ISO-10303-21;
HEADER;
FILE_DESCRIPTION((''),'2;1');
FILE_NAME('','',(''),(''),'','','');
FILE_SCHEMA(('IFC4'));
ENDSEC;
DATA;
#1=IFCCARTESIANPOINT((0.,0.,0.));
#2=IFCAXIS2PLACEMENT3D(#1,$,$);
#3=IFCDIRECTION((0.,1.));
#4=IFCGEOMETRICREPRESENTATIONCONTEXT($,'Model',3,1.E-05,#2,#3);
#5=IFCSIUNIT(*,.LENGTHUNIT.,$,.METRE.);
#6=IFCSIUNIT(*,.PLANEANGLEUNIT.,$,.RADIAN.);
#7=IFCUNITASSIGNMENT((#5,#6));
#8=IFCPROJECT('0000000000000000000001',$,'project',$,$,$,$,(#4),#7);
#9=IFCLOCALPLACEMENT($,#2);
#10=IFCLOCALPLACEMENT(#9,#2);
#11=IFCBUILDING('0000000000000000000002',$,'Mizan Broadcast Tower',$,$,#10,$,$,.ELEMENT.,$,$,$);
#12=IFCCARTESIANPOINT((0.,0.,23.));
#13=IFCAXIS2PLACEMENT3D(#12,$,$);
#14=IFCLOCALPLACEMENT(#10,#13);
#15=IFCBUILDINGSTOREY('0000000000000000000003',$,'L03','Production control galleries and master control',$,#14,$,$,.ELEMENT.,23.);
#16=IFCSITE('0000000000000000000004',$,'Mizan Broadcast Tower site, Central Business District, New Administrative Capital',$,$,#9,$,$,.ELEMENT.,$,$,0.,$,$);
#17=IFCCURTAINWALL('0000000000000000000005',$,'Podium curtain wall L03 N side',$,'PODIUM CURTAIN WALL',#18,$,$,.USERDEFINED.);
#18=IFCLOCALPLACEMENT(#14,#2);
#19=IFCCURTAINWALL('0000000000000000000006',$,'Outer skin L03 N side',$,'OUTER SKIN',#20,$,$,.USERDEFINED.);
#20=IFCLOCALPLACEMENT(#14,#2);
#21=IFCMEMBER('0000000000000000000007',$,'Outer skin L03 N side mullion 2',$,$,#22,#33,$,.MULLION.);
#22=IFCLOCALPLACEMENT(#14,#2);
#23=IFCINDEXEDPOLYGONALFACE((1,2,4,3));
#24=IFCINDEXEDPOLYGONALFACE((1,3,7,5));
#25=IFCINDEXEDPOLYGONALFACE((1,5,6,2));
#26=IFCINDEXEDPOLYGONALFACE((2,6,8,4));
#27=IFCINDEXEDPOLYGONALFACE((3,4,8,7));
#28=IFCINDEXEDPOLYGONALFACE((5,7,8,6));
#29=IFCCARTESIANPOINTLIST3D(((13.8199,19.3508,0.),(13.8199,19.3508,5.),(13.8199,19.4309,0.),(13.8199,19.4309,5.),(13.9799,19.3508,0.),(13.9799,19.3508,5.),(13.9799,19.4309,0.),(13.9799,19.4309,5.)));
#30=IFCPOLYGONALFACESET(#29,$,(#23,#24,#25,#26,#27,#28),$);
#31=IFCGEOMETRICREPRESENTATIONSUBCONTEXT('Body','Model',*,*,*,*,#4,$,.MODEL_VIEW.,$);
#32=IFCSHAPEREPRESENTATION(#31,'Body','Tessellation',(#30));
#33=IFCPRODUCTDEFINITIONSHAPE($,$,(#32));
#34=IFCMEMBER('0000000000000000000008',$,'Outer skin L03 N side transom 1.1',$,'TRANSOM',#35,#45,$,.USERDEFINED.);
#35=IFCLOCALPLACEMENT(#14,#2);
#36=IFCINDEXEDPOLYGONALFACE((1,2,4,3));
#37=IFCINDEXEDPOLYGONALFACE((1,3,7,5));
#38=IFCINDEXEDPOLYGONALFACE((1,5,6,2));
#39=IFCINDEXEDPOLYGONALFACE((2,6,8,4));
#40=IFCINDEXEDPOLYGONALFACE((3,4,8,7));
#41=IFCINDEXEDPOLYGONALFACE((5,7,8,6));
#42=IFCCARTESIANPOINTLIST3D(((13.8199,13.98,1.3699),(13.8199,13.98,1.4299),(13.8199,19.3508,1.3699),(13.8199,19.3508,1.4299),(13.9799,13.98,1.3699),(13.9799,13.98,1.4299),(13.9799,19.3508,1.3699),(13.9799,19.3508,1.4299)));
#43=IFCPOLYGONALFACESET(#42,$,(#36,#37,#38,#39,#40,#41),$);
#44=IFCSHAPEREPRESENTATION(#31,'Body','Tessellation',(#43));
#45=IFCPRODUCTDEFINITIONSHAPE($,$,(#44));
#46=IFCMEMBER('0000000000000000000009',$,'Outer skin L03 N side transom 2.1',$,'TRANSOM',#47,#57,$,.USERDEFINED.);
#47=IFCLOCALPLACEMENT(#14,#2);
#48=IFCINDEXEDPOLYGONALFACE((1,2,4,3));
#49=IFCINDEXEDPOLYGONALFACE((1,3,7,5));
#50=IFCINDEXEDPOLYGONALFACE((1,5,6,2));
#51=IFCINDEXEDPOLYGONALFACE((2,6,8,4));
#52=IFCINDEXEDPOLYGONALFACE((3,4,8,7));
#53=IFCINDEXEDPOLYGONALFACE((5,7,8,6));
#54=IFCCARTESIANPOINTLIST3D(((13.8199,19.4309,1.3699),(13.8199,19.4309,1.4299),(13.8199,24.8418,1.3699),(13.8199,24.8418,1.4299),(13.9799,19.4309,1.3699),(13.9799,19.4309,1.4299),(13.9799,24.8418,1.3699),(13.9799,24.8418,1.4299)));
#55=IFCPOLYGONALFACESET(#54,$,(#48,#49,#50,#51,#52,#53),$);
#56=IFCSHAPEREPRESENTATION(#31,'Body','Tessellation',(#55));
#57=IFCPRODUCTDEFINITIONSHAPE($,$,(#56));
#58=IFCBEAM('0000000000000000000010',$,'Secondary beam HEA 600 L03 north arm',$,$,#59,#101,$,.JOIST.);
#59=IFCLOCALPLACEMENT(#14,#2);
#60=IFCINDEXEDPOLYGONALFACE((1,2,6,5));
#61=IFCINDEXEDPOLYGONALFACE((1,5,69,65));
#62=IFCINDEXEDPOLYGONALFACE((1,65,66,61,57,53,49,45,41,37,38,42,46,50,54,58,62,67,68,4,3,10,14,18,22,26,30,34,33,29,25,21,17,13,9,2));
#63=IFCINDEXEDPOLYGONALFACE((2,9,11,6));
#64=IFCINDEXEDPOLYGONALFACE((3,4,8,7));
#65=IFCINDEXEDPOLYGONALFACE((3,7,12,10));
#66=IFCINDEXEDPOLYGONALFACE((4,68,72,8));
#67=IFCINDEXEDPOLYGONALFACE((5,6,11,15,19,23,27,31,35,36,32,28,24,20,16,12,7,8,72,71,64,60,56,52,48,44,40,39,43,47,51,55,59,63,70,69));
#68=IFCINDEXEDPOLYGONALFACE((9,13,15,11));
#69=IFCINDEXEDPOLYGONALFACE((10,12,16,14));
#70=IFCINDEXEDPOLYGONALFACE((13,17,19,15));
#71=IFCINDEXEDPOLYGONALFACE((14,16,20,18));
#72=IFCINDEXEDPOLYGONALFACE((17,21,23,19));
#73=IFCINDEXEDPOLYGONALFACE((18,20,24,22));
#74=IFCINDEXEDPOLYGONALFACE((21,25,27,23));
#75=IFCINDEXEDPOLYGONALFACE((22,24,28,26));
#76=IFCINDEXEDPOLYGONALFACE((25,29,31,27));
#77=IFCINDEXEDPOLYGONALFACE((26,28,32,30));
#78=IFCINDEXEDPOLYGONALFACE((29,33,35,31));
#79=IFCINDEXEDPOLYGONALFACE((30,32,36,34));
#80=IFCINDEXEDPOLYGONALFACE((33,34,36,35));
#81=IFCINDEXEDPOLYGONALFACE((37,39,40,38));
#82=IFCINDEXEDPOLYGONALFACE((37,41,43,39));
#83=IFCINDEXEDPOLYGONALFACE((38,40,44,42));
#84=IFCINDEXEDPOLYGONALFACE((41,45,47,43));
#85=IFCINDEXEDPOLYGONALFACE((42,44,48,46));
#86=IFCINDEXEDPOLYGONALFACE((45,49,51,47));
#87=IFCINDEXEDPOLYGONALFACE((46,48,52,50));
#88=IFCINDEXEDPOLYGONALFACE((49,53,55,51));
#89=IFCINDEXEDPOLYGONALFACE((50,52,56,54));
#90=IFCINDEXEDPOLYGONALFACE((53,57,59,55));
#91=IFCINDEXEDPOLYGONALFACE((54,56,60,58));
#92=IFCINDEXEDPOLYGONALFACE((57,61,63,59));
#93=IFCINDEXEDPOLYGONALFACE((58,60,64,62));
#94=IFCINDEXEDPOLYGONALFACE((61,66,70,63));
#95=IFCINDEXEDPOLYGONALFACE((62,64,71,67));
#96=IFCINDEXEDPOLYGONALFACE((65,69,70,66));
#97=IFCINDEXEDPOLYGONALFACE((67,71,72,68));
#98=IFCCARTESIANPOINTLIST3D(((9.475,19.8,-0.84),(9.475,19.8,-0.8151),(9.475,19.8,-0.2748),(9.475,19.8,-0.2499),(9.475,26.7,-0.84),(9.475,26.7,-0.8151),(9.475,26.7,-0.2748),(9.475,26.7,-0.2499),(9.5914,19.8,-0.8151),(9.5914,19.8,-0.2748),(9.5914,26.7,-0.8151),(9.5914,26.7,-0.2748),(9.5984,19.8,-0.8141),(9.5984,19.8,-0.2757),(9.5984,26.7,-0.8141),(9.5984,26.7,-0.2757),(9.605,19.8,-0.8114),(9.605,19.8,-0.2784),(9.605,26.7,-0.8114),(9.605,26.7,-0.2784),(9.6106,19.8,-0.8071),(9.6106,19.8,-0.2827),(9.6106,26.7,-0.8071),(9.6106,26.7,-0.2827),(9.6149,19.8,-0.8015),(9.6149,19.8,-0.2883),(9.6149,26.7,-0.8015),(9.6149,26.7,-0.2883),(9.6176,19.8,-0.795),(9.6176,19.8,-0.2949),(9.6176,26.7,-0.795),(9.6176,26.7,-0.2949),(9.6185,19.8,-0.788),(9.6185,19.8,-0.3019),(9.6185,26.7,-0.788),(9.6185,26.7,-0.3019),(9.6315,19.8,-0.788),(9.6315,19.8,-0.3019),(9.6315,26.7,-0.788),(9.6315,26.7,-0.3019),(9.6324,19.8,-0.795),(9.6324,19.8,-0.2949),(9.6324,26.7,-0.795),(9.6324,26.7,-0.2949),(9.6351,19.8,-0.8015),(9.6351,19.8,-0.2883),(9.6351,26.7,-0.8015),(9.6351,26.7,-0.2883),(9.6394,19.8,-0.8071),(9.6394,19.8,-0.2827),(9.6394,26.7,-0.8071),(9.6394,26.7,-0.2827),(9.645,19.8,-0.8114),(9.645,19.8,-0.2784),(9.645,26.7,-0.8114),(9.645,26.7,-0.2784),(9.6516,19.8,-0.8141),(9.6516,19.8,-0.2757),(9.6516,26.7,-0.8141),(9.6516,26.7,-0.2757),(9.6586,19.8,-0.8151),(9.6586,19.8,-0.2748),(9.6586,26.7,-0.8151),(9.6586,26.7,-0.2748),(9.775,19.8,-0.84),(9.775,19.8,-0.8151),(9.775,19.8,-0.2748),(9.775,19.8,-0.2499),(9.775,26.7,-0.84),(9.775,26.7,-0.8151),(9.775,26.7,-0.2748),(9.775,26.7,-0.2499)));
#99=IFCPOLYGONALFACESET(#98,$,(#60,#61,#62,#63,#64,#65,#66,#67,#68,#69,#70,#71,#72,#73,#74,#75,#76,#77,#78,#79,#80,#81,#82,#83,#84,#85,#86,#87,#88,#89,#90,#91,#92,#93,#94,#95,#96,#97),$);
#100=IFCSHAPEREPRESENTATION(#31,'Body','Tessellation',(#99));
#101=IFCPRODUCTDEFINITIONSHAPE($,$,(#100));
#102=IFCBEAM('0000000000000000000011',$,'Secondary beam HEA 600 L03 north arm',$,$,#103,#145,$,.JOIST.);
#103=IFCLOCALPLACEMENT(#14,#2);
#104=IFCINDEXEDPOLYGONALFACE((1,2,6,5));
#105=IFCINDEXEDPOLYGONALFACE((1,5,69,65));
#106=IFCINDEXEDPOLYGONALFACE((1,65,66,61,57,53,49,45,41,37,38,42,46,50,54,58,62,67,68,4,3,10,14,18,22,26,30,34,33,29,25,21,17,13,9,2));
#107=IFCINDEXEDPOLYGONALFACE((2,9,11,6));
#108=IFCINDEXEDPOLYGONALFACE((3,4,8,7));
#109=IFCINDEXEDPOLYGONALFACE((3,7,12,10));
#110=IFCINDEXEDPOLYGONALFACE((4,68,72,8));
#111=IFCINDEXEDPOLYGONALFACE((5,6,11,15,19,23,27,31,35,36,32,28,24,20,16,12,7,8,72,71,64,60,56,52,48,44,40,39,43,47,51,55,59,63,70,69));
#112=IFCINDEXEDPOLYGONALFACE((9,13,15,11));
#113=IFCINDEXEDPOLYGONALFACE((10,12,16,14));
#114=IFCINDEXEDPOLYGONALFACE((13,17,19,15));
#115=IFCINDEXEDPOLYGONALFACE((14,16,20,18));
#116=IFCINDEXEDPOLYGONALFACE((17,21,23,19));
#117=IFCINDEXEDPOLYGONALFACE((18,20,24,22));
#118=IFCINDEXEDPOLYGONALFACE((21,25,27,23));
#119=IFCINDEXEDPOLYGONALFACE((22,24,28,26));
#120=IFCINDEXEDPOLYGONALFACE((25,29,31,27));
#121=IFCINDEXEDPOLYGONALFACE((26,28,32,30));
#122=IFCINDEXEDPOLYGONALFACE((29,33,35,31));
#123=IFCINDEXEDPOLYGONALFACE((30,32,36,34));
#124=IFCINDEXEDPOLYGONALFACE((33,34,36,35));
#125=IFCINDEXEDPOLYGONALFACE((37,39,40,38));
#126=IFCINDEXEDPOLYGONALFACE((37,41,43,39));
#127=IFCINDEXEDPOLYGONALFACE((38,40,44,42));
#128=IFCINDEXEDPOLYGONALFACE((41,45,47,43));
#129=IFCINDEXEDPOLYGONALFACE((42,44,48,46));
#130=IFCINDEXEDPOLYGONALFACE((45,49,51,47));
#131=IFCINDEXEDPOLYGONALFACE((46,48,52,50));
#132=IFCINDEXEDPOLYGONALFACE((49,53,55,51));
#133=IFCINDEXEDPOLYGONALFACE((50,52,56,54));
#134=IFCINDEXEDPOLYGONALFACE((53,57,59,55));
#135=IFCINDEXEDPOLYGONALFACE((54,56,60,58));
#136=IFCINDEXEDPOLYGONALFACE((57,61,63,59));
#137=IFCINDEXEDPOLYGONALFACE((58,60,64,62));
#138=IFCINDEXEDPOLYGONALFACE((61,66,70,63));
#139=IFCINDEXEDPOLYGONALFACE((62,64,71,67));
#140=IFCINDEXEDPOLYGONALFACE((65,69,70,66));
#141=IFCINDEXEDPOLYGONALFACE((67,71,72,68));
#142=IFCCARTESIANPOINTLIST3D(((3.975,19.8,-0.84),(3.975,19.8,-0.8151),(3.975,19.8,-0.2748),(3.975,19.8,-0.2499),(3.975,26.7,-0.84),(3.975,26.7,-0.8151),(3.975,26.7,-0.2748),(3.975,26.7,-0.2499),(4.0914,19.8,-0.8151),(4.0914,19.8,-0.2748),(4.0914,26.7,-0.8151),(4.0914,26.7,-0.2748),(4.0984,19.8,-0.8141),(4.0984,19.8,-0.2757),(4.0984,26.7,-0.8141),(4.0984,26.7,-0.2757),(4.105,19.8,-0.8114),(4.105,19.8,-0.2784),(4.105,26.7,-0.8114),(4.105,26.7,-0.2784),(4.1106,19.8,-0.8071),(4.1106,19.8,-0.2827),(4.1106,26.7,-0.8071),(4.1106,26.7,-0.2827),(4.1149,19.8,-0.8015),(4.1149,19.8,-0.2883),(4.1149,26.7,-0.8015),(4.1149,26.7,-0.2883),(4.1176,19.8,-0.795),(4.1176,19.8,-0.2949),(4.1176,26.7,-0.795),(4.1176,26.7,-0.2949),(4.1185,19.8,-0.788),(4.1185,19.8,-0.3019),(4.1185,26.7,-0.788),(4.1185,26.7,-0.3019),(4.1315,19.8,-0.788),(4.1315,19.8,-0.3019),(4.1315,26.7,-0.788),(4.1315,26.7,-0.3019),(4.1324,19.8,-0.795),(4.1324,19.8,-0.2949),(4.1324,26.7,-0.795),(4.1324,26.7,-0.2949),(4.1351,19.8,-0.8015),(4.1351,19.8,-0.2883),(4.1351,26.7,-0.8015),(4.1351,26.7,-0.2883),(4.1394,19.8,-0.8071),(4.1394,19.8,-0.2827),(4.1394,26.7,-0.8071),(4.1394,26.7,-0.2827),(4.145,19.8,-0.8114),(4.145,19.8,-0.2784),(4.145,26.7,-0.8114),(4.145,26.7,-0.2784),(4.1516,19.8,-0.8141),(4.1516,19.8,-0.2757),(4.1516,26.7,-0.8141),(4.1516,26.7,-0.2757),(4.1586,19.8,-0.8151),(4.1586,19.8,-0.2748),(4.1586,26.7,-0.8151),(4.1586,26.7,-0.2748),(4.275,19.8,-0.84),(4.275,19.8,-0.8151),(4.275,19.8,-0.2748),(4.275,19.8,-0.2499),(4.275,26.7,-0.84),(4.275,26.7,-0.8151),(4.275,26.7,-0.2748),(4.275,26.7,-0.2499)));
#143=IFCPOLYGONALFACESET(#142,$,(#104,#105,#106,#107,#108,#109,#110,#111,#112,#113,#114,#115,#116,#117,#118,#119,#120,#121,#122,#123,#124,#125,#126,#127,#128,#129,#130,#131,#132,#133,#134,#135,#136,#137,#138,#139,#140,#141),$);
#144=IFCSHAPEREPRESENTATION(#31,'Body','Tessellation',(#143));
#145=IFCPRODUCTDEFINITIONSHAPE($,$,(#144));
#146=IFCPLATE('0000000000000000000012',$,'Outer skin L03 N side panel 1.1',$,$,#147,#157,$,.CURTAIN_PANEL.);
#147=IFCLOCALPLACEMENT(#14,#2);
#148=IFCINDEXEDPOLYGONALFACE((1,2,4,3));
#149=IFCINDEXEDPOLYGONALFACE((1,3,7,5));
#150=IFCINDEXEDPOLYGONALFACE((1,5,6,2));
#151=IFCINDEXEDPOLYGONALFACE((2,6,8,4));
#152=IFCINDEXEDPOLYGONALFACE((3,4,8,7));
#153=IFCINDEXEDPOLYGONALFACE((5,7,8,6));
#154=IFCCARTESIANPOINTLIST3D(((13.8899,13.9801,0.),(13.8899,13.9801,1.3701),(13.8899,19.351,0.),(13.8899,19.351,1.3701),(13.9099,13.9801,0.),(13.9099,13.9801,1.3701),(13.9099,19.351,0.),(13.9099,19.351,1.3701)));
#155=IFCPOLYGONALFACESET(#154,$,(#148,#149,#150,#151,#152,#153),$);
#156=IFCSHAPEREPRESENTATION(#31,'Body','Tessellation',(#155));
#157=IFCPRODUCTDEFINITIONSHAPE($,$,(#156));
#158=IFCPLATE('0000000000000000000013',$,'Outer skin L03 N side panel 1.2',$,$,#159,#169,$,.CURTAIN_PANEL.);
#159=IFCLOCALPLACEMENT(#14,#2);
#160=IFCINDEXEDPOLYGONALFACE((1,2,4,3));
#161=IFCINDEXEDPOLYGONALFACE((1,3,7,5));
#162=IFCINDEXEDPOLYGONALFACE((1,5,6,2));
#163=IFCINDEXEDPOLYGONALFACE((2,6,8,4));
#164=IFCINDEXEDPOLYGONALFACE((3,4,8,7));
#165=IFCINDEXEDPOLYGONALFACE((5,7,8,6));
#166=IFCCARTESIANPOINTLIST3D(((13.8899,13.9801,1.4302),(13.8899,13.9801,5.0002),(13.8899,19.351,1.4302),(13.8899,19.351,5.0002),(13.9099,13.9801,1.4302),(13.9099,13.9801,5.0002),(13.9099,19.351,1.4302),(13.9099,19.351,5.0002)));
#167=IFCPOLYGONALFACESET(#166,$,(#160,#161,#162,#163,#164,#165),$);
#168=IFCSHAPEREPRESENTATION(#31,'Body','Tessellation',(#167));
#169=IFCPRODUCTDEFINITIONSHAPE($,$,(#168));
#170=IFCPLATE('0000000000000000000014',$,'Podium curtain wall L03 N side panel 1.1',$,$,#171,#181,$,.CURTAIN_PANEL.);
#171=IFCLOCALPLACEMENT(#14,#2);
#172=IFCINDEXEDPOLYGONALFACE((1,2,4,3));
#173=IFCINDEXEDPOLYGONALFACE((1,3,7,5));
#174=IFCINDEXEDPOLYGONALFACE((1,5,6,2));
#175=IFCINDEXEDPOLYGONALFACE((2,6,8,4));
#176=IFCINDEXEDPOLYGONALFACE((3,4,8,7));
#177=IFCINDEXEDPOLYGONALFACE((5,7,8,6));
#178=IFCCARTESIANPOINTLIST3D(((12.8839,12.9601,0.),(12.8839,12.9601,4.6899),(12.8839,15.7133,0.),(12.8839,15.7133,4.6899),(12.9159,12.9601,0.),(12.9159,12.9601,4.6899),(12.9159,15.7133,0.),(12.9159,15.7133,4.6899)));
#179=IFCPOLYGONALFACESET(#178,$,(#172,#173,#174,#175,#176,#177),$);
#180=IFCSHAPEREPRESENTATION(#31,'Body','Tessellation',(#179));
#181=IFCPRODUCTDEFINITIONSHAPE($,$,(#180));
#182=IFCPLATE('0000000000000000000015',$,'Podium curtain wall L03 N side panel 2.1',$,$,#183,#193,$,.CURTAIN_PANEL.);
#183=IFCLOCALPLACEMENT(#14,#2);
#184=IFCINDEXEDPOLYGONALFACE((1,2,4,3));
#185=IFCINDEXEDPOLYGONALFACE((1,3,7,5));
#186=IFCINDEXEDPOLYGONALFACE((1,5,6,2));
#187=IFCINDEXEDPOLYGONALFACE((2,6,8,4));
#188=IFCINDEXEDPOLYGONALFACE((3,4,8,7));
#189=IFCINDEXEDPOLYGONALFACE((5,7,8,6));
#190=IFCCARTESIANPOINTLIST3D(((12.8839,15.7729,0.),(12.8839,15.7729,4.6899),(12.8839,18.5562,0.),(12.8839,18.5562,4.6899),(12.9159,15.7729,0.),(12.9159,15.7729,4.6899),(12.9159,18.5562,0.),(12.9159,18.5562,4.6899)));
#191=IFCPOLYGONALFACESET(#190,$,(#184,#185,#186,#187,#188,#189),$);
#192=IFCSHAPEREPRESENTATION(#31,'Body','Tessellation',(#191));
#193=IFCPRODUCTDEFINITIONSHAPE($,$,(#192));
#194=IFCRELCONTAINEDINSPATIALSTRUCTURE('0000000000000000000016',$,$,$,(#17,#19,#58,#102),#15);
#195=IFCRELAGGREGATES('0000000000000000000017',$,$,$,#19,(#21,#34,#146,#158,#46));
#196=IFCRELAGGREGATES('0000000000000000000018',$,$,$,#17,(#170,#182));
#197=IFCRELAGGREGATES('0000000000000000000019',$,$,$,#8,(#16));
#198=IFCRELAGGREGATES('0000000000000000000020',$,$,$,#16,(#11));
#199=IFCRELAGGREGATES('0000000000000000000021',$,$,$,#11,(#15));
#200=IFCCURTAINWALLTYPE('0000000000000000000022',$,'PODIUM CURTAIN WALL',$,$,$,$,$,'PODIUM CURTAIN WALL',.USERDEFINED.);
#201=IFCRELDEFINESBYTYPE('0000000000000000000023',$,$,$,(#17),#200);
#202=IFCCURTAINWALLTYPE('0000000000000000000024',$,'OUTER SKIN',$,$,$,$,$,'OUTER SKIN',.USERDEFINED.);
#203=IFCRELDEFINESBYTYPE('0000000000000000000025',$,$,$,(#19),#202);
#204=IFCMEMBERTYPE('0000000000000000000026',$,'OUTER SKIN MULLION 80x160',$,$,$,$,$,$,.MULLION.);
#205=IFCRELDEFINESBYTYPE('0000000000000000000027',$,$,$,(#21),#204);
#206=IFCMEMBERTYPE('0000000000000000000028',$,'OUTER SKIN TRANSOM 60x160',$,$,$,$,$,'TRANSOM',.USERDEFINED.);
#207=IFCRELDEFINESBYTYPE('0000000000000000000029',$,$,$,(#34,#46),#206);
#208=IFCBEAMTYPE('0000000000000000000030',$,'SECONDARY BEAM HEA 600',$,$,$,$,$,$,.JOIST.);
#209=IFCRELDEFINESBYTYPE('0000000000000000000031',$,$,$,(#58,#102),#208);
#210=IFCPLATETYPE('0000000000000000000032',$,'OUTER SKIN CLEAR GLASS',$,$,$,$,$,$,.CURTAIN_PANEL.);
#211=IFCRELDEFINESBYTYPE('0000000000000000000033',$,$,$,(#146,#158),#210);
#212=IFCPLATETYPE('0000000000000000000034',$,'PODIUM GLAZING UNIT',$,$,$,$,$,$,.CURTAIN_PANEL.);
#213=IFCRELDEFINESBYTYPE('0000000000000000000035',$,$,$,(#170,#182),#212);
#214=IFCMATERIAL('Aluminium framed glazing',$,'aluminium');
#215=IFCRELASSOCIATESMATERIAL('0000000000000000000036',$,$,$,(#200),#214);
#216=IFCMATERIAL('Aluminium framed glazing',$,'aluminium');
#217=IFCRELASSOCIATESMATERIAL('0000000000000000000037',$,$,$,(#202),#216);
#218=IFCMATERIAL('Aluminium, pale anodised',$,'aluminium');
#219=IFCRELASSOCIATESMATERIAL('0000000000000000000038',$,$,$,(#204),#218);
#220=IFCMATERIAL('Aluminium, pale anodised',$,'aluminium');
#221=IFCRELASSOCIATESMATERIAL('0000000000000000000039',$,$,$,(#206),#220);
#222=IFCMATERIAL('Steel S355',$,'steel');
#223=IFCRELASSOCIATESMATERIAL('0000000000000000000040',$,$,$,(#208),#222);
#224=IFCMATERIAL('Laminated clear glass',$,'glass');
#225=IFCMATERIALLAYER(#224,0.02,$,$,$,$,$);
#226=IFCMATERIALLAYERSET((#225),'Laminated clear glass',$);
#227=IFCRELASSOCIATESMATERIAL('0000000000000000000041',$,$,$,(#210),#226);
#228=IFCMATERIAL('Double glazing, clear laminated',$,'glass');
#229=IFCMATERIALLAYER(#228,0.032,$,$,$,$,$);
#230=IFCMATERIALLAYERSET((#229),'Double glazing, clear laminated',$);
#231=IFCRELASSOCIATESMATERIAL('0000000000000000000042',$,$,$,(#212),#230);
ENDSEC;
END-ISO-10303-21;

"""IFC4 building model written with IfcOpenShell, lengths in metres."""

from ifc_helpers import new_model, si_unit, direction, frame, origin, origin_2d, place, context, subcontext, project, spatial, rectangle, i_section, extrude, material, layer, layer_set, material_profile, profile_set, type_object, element, aggregate, save


model = new_model("IFC4")

# Units and contexts
model_context = context("Model", 3, precision=1e-05, world=origin(), true_north=direction((0.0, 1.0)))
body_context = subcontext(model_context, "Body", "Model", "MODEL_VIEW")
ifc_project = project(units=[si_unit("LENGTHUNIT", "METRE"), si_unit("PLANEANGLEUNIT", "RADIAN")], contexts=[model_context])

# Site, building, storey
site_placement = place(None, origin())
site = spatial("IfcSite", under=ifc_project, at=site_placement, Name="Mizan Broadcast Tower site, Central Business District, New Administrative Capital", CompositionType="ELEMENT", RefElevation=0.0)
building_placement = place(site_placement, origin())
building = spatial("IfcBuilding", under=site, at=building_placement, Name="Mizan Broadcast Tower", CompositionType="ELEMENT")
storey_placement = place(building_placement, frame((0.0, 0.0, 23.0)))
storey = spatial("IfcBuildingStorey", under=building, at=storey_placement, Name="L03", Description="Production control galleries and master control", CompositionType="ELEMENT", Elevation=23.0)

# Shared definitions
ifc_material_1 = material(Name="Aluminium framed glazing", Category="aluminium")
curtain_wall_type_1 = type_object("IfcCurtainWallType", Name="PODIUM CURTAIN WALL", ElementType="PODIUM CURTAIN WALL", PredefinedType="USERDEFINED", material=ifc_material_1)

# Curtain walls, members
curtain_wall_1_placement = place(storey_placement, origin())
curtain_wall_1 = element("IfcCurtainWall", 1, at=curtain_wall_1_placement, inside=storey, type_object=curtain_wall_type_1, Name="Podium curtain wall L03 N side", ObjectType="PODIUM CURTAIN WALL", PredefinedType="USERDEFINED")
ifc_material_2 = material(Name="Aluminium framed glazing", Category="aluminium")
curtain_wall_type_2 = type_object("IfcCurtainWallType", Name="OUTER SKIN", ElementType="OUTER SKIN", PredefinedType="USERDEFINED", material=ifc_material_2)
curtain_wall_2_placement = place(storey_placement, origin())
curtain_wall_2 = element("IfcCurtainWall", 2, at=curtain_wall_2_placement, inside=storey, type_object=curtain_wall_type_2, Name="Outer skin L03 N side", ObjectType="OUTER SKIN", PredefinedType="USERDEFINED")
ifc_material_3 = material(Name="Aluminium, pale anodised", Category="aluminium")
ifc_material_profile_1 = material_profile(ifc_material_3, rectangle(XDim=0.1599, YDim=0.0801, at=origin_2d()), Name="MULLION 160x80")
ifc_profile_set_1 = profile_set([ifc_material_profile_1], Name="Aluminium, pale anodised")
member_type_1 = type_object("IfcMemberType", Name="OUTER SKIN MULLION 80x160", PredefinedType="MULLION", material=ifc_profile_set_1)
member_1_placement = place(storey_placement, frame((13.8999, 19.3909, 0.0), z_axis=(0.0, 0.0, 1.0), x_axis=(-1.0, 0.0, 0.0)))
member_1 = element("IfcMember", 3, at=member_1_placement, type_object=member_type_1, Name="Outer skin L03 N side mullion 2", PredefinedType="MULLION", context=body_context, shape_type="SweptSolid", body=[
    extrude(rectangle(XDim=0.1599, YDim=0.0801, at=origin_2d()), origin(), (0.0, 0.0, 1.0), 5.0),
])
ifc_material_4 = material(Name="Aluminium, pale anodised", Category="aluminium")
ifc_material_profile_2 = material_profile(ifc_material_4, rectangle(XDim=0.1599, YDim=0.0601, at=origin_2d()), Name="TRANSOM 160x60")
ifc_profile_set_2 = profile_set([ifc_material_profile_2], Name="Aluminium, pale anodised")
member_type_2 = type_object("IfcMemberType", Name="OUTER SKIN TRANSOM 60x160", ElementType="TRANSOM", PredefinedType="USERDEFINED", material=ifc_profile_set_2)
member_2_placement = place(storey_placement, frame((13.8999, 13.98, 1.3999), z_axis=(0.0, 1.0, 0.0), x_axis=(-1.0, 0.0, 0.0)))
member_2 = element("IfcMember", 4, at=member_2_placement, type_object=member_type_2, Name="Outer skin L03 N side transom 1.1", ObjectType="TRANSOM", PredefinedType="USERDEFINED", context=body_context, shape_type="SweptSolid", body=[
    extrude(rectangle(XDim=0.1599, YDim=0.0601, at=origin_2d()), origin(), (0.0, 0.0, 1.0), 5.3708),
])
member_3_placement = place(storey_placement, frame((13.8999, 19.4309, 1.3999), z_axis=(0.0, 1.0, 0.0), x_axis=(-1.0, 0.0, 0.0)))
member_3 = element("IfcMember", 5, at=member_3_placement, type_object=member_type_2, Name="Outer skin L03 N side transom 2.1", ObjectType="TRANSOM", PredefinedType="USERDEFINED", context=body_context, shape_type="SweptSolid", body=[
    extrude(rectangle(XDim=0.1599, YDim=0.0601, at=origin_2d()), origin(), (0.0, 0.0, 1.0), 5.4109),
])

# Beams
ifc_material_5 = material(Name="Steel S355", Category="steel")
ifc_material_profile_3 = material_profile(ifc_material_5, i_section(OverallWidth=0.3, OverallDepth=0.5901, WebThickness=0.0129, FlangeThickness=0.0249, FilletRadius=0.0271, at=origin_2d()), Name="HEA 600")
ifc_profile_set_3 = profile_set([ifc_material_profile_3], Name="Steel S355")
beam_type_1 = type_object("IfcBeamType", Name="SECONDARY BEAM HEA 600", PredefinedType="JOIST", material=ifc_profile_set_3)
for number, where, z_axis, x_axis, name in (
    (6, (9.625, 19.8, -0.5449), (0.0, 1.0, 0.0), (-1.0, 0.0, 0.0), "Secondary beam HEA 600 L03 north arm"),
    (7, (4.125, 19.8, -0.5449), (0.0, 1.0, 0.0), (-1.0, 0.0, 0.0), "Secondary beam HEA 600 L03 north arm"),
):
    element("IfcBeam", number, at=place(storey_placement, frame(where, z_axis=z_axis, x_axis=x_axis)), inside=storey, type_object=beam_type_1, Name=name, PredefinedType="JOIST", context=body_context, shape_type="SweptSolid", body=[
        extrude(i_section(OverallWidth=0.3, OverallDepth=0.5901, WebThickness=0.0129, FlangeThickness=0.0249, FilletRadius=0.0271, at=origin_2d()), origin(), (0.0, 0.0, 1.0), 6.8999),
    ])

# Plates
ifc_material_6 = material(Name="Laminated clear glass", Category="glass")
ifc_layer_1 = layer(ifc_material_6, 0.02)
ifc_layer_set_1 = layer_set([ifc_layer_1], Name="Laminated clear glass")
plate_type_1 = type_object("IfcPlateType", Name="OUTER SKIN CLEAR GLASS", PredefinedType="CURTAIN_PANEL", material=ifc_layer_set_1)
plate_1_placement = place(storey_placement, frame((13.8999, 16.6655, 0.0), z_axis=(0.0, 0.0, 1.0), x_axis=(0.0, 1.0, 0.0)))
plate_1 = element("IfcPlate", 8, at=plate_1_placement, type_object=plate_type_1, Name="Outer skin L03 N side panel 1.1", PredefinedType="CURTAIN_PANEL", context=body_context, shape_type="SweptSolid", body=[
    extrude(rectangle(XDim=5.3708, YDim=0.02, at=origin_2d()), origin(), (0.0, 0.0, 1.0), 1.3701),
])
plate_2_placement = place(storey_placement, frame((13.8999, 16.6655, 1.4302), z_axis=(0.0, 0.0, 1.0), x_axis=(0.0, 1.0, 0.0)))
plate_2 = element("IfcPlate", 9, at=plate_2_placement, type_object=plate_type_1, Name="Outer skin L03 N side panel 1.2", PredefinedType="CURTAIN_PANEL", context=body_context, shape_type="SweptSolid", body=[
    extrude(rectangle(XDim=5.3708, YDim=0.02, at=origin_2d()), origin(), (0.0, 0.0, 1.0), 3.5701),
])
aggregate(curtain_wall_2, [member_1, member_2, plate_1, plate_2, member_3])
ifc_material_7 = material(Name="Double glazing, clear laminated", Category="glass")
ifc_layer_2 = layer(ifc_material_7, 0.032)
ifc_layer_set_2 = layer_set([ifc_layer_2], Name="Double glazing, clear laminated")
plate_type_2 = type_object("IfcPlateType", Name="PODIUM GLAZING UNIT", PredefinedType="CURTAIN_PANEL", material=ifc_layer_set_2)
plate_3_placement = place(storey_placement, frame((12.8999, 14.3367, 0.0), z_axis=(0.0, 0.0, 1.0), x_axis=(0.0, 1.0, 0.0)))
plate_3 = element("IfcPlate", 10, at=plate_3_placement, type_object=plate_type_2, Name="Podium curtain wall L03 N side panel 1.1", PredefinedType="CURTAIN_PANEL", context=body_context, shape_type="SweptSolid", body=[
    extrude(rectangle(XDim=2.7532, YDim=0.032, at=origin_2d()), origin(), (0.0, 0.0, 1.0), 4.6899),
])
plate_4_placement = place(storey_placement, frame((12.8999, 17.1646, 0.0), z_axis=(0.0, 0.0, 1.0), x_axis=(0.0, 1.0, 0.0)))
plate_4 = element("IfcPlate", 11, at=plate_4_placement, type_object=plate_type_2, Name="Podium curtain wall L03 N side panel 2.1", PredefinedType="CURTAIN_PANEL", context=body_context, shape_type="SweptSolid", body=[
    extrude(rectangle(XDim=2.7832, YDim=0.032, at=origin_2d()), origin(), (0.0, 0.0, 1.0), 4.6899),
])
aggregate(curtain_wall_1, [plate_3, plate_4])

save(model, "model.ifc")
